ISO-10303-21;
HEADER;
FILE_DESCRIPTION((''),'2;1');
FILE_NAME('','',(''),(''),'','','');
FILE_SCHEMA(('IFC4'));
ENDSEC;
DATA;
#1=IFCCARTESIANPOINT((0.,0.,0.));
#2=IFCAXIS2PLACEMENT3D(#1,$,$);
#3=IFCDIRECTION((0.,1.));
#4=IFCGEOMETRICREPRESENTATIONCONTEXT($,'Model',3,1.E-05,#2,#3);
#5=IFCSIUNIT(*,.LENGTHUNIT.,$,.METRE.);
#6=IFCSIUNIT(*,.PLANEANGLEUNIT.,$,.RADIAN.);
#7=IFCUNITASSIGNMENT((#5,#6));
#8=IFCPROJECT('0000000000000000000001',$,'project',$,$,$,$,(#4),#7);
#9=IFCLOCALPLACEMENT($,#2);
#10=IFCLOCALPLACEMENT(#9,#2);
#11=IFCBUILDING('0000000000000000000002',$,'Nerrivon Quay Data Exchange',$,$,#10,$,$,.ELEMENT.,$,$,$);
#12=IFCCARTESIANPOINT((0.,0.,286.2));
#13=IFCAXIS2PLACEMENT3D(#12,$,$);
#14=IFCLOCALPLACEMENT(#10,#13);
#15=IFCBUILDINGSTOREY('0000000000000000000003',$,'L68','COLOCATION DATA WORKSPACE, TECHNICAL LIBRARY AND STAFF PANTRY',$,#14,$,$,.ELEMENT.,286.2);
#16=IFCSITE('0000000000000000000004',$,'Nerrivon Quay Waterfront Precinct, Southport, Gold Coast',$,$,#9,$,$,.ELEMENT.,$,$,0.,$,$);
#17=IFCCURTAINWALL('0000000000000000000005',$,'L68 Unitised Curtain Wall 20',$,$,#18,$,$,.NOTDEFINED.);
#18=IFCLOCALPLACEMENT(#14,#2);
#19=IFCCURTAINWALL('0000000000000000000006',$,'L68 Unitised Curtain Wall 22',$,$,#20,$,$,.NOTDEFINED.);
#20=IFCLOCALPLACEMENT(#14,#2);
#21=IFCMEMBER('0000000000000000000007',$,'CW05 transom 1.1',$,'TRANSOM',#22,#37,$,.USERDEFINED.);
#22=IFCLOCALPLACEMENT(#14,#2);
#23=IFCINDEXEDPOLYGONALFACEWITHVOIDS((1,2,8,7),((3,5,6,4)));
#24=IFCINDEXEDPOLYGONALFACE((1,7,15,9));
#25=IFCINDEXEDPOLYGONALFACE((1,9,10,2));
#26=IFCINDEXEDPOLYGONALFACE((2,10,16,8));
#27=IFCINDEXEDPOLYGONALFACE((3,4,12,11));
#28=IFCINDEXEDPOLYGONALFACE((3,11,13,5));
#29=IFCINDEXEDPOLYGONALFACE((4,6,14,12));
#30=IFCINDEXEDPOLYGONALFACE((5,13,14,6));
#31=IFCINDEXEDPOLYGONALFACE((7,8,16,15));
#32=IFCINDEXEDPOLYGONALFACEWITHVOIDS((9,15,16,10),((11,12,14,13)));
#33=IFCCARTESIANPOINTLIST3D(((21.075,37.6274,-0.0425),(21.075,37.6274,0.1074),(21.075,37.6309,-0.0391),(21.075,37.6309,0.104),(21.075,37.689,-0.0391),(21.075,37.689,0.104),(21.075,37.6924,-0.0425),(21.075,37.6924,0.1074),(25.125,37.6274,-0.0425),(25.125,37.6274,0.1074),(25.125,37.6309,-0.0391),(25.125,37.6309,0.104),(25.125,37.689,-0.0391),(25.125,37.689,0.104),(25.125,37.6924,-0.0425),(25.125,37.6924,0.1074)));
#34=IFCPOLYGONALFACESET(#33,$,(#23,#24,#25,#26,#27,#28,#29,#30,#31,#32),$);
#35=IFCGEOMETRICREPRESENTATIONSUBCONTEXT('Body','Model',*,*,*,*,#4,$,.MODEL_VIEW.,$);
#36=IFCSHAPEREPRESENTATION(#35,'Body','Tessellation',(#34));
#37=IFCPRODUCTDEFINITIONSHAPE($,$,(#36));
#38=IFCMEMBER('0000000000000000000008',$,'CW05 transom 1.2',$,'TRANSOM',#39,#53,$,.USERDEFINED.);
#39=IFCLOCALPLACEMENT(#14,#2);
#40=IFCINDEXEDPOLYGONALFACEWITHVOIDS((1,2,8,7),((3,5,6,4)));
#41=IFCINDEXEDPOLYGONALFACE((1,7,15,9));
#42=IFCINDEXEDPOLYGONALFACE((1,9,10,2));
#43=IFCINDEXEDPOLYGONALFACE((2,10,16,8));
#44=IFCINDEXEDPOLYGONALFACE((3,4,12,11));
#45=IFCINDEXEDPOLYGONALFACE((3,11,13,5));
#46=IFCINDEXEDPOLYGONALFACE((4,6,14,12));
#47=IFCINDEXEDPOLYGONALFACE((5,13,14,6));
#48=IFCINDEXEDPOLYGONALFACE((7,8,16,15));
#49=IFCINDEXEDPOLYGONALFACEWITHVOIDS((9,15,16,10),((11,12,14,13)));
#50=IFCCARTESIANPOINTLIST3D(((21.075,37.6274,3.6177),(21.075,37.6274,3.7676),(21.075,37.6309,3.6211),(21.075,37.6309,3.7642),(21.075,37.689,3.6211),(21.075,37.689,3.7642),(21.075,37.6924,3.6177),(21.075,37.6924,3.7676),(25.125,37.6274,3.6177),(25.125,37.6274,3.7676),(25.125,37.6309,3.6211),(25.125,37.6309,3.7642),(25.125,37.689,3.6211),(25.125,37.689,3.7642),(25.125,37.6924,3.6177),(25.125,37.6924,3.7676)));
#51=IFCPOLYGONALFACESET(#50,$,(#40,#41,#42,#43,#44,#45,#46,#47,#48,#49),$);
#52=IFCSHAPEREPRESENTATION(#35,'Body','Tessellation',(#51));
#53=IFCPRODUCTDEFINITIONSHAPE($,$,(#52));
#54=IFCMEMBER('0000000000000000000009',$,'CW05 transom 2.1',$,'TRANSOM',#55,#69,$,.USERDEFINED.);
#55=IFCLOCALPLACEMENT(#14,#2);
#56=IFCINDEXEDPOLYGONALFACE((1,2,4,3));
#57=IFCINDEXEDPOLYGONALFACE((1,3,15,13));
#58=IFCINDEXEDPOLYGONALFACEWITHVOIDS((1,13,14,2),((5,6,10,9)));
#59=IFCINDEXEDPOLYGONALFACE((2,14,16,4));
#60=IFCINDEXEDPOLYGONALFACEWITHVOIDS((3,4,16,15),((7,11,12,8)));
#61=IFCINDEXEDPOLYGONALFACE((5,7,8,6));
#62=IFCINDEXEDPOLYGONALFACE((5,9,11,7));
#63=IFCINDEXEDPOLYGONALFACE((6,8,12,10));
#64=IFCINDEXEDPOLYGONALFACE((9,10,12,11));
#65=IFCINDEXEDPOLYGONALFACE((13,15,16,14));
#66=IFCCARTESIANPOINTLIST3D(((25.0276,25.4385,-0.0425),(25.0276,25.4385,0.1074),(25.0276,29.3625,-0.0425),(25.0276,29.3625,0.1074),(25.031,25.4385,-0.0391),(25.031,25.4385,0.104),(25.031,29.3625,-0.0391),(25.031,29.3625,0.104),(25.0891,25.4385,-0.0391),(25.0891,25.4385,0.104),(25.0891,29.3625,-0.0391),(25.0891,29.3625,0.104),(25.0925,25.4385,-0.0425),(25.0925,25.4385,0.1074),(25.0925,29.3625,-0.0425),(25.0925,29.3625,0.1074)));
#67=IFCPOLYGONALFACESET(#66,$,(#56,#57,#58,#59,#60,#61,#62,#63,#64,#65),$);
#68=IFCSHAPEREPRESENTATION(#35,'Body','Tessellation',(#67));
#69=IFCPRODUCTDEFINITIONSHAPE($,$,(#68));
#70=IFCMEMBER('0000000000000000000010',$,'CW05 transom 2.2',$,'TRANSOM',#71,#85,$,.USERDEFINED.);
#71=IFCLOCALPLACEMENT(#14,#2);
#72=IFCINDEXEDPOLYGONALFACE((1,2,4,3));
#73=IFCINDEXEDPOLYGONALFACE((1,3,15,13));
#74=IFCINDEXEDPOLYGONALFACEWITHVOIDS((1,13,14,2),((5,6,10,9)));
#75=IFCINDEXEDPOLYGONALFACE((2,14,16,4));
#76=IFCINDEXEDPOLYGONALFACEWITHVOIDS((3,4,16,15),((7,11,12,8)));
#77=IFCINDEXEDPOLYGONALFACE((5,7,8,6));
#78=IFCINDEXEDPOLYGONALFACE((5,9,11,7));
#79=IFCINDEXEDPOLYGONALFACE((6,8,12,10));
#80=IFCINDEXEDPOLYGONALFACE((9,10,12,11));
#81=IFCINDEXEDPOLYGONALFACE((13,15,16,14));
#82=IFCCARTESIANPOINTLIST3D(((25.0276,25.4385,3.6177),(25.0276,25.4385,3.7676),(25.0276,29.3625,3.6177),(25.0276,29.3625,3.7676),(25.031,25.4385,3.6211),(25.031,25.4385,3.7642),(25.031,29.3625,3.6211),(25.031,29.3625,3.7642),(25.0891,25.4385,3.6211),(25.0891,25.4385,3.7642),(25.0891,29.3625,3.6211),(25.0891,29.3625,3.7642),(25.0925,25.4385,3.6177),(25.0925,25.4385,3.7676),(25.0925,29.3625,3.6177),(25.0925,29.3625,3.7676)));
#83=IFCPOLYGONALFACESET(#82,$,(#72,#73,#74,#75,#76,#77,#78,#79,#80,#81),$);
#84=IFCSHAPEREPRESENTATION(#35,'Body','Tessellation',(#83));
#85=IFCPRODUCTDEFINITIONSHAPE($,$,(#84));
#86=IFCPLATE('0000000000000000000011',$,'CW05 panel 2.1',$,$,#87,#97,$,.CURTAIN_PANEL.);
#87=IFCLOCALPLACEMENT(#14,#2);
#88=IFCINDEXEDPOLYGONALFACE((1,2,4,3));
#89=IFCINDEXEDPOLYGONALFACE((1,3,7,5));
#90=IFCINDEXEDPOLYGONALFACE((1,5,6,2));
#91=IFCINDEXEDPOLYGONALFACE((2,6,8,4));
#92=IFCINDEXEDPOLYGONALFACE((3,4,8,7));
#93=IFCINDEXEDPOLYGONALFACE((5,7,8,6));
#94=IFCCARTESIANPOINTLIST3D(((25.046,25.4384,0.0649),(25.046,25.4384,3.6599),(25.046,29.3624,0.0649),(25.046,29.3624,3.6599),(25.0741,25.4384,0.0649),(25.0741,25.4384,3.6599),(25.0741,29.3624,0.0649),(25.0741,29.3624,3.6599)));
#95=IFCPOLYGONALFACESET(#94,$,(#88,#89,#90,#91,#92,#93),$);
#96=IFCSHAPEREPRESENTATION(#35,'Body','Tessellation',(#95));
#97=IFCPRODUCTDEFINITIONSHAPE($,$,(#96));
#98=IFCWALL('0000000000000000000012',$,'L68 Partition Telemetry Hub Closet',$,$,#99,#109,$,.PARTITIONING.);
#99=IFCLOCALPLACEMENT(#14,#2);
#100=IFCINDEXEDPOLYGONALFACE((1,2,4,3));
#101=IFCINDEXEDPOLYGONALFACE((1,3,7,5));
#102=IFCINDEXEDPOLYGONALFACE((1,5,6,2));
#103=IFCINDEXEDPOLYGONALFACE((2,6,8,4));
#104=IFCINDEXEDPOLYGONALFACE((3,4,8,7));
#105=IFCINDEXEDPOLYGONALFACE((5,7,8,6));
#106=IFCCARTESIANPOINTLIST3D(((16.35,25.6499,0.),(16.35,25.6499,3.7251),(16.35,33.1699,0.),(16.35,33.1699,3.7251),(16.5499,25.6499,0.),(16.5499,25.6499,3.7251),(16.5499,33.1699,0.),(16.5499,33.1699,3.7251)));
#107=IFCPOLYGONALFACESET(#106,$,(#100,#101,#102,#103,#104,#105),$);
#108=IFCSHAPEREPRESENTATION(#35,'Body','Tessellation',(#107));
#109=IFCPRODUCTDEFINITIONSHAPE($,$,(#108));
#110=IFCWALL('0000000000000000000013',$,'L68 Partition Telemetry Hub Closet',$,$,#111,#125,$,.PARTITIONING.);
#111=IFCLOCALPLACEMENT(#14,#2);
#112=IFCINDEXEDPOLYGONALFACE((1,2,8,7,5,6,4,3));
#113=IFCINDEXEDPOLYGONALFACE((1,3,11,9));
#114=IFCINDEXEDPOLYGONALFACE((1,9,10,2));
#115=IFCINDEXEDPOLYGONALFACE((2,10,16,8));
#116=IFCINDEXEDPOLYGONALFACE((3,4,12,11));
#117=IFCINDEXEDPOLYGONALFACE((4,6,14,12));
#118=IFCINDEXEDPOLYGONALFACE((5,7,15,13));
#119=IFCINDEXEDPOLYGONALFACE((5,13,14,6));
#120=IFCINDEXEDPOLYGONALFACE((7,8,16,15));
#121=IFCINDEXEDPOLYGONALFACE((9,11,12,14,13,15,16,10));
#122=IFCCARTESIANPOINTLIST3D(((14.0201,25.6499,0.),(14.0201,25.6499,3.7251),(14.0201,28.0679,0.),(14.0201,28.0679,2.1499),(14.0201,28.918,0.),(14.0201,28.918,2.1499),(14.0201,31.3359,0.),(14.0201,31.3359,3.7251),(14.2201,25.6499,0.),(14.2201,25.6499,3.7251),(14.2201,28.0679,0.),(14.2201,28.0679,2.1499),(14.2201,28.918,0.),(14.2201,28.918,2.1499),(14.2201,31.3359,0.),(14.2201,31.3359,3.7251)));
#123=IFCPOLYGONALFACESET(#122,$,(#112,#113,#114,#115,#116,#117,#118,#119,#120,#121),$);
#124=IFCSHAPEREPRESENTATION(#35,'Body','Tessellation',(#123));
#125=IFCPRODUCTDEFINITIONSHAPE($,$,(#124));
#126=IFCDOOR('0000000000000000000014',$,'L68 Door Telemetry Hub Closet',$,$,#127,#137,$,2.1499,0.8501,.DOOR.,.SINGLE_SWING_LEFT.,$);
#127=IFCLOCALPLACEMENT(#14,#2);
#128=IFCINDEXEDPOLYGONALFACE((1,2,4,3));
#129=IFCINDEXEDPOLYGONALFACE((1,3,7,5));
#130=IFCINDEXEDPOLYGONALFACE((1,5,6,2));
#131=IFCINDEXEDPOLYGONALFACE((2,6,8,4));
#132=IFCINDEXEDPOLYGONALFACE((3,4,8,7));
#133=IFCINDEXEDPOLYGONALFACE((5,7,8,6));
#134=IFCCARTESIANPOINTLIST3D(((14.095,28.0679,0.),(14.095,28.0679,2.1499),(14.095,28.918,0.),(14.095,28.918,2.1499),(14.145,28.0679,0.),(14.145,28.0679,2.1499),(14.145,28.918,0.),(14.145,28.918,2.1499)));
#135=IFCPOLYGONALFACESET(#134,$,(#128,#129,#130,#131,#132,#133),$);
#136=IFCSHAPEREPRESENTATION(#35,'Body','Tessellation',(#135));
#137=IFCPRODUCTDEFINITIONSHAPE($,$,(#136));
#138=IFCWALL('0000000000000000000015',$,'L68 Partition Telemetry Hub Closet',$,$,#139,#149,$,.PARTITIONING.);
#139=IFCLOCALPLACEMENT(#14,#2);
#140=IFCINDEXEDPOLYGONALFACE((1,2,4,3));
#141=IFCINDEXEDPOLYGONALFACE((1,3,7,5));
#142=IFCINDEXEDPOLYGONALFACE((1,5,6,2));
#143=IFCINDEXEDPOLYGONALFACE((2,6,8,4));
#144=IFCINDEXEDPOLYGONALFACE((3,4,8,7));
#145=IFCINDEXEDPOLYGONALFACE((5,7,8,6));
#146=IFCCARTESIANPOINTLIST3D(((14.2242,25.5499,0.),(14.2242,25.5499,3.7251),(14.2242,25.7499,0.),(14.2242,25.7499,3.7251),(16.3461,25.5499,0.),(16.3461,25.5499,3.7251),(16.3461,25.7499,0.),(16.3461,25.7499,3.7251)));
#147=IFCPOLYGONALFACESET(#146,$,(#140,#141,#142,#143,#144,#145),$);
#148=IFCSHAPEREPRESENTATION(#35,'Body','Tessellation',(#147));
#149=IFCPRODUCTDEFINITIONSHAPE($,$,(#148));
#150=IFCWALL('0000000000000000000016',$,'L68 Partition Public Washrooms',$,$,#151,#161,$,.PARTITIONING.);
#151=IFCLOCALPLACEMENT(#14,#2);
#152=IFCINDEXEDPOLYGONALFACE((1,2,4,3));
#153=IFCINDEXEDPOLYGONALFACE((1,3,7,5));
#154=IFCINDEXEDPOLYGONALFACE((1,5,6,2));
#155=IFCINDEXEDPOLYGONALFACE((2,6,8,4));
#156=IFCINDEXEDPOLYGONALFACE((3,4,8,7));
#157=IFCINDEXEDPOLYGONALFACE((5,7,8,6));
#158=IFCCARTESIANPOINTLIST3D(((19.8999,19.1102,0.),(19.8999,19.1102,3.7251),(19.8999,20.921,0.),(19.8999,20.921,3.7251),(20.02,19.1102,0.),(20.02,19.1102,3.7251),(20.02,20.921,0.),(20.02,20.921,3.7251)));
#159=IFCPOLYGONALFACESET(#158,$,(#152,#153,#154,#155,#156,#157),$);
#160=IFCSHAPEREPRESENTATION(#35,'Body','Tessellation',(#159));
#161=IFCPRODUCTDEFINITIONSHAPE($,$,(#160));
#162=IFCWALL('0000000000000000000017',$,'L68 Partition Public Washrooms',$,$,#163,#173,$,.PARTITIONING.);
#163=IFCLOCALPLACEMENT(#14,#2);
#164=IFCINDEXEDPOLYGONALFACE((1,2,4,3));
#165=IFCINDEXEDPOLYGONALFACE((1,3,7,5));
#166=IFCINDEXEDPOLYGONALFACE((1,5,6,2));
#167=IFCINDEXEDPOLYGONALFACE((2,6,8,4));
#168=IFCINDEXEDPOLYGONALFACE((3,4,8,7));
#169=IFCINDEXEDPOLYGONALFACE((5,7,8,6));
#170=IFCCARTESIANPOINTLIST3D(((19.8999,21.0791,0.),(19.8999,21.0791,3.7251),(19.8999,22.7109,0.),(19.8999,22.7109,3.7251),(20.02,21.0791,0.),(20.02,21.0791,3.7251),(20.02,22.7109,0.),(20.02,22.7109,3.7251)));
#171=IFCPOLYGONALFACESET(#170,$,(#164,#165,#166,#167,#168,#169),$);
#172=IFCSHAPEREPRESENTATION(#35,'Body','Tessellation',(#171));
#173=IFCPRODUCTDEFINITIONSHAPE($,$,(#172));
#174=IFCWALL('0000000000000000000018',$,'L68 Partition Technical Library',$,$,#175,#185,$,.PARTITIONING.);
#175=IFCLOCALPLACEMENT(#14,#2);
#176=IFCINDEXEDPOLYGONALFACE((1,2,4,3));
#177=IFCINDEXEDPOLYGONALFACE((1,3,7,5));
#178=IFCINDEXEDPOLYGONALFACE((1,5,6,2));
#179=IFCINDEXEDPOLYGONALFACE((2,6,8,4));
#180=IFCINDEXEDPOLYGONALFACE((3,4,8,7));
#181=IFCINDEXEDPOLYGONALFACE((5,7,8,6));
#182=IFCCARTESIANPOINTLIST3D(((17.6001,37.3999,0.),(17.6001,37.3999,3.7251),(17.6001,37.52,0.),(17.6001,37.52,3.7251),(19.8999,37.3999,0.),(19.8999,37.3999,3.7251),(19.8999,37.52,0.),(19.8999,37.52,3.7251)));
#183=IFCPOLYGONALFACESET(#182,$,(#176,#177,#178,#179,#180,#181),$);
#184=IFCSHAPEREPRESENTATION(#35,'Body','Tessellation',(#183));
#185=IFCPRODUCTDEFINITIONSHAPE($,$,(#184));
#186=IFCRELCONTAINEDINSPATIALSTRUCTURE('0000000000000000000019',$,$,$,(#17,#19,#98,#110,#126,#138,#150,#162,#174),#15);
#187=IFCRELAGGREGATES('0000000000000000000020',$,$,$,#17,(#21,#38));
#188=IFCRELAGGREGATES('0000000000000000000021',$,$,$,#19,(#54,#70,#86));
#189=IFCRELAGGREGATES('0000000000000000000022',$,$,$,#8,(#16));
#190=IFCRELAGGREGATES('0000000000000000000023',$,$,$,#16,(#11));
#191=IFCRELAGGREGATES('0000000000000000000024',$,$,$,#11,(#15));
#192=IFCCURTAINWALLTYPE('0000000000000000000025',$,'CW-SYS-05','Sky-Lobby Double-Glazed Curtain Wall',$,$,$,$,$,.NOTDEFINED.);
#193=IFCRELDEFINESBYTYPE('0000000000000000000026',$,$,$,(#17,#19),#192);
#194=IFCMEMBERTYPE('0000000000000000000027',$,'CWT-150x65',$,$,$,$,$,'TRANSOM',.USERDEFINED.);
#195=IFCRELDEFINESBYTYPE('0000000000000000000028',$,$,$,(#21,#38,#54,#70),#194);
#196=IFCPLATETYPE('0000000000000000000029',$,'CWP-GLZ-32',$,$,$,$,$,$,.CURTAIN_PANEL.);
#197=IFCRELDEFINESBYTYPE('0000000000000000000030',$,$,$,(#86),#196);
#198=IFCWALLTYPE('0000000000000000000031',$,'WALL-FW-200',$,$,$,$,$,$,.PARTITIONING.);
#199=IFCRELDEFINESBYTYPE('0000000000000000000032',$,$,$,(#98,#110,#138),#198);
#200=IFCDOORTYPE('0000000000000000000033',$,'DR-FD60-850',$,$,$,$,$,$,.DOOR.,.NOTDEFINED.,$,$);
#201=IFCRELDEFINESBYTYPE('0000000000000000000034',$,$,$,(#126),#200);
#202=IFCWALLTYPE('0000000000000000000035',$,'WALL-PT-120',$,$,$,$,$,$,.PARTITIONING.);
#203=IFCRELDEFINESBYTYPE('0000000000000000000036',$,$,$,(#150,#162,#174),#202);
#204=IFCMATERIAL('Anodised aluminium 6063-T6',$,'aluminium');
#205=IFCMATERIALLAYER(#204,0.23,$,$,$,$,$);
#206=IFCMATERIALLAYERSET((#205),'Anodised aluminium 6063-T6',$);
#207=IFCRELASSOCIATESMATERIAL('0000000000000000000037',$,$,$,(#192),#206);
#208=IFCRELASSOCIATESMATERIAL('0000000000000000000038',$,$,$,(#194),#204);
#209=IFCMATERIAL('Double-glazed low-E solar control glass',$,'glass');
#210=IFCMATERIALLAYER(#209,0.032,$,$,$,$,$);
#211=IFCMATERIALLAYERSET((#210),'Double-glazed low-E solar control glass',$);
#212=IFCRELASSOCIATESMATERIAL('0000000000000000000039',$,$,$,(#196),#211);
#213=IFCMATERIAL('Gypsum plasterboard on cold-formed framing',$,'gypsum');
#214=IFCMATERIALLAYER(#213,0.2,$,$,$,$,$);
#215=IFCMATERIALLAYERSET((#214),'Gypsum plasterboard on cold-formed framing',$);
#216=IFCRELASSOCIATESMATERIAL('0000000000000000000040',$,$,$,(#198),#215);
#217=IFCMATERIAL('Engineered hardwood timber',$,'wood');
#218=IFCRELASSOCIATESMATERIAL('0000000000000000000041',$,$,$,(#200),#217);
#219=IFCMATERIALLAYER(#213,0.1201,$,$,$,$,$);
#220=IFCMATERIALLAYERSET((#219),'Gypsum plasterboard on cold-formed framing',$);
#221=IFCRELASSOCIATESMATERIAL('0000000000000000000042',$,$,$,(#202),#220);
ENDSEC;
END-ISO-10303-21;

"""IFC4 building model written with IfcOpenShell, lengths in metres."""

from ifc_helpers import new_model, si_unit, direction, frame, frame_2d, origin, origin_2d, place, context, subcontext, project, spatial, rectangle, hollow_rectangle, extrude, material, layer, layer_set, material_profile, profile_set, type_object, element, fill, aggregate, save


model = new_model("IFC4")

# Units and contexts
model_context = context("Model", 3, precision=1e-05, world=origin(), true_north=direction((0.0, 1.0)))
body_context = subcontext(model_context, "Body", "Model", "MODEL_VIEW")
ifc_project = project(units=[si_unit("LENGTHUNIT", "METRE"), si_unit("PLANEANGLEUNIT", "RADIAN")], contexts=[model_context])

# Site, building, storey
site_placement = place(None, origin())
site = spatial("IfcSite", under=ifc_project, at=site_placement, Name="Nerrivon Quay Waterfront Precinct, Southport, Gold Coast", CompositionType="ELEMENT", RefElevation=0.0)
building_placement = place(site_placement, origin())
building = spatial("IfcBuilding", under=site, at=building_placement, Name="Nerrivon Quay Data Exchange", CompositionType="ELEMENT")
storey_placement = place(building_placement, frame((0.0, 0.0, 286.2)))
storey = spatial("IfcBuildingStorey", under=building, at=storey_placement, Name="L68", Description="COLOCATION DATA WORKSPACE, TECHNICAL LIBRARY AND STAFF PANTRY", CompositionType="ELEMENT", Elevation=286.2)

# Curtain wall
ifc_material_1 = material(Name="Anodised aluminium 6063-T6", Category="aluminium")
ifc_layer_1 = layer(ifc_material_1, 0.23)
ifc_layer_set_1 = layer_set([ifc_layer_1], Name="Anodised aluminium 6063-T6")
curtain_wall_type = type_object("IfcCurtainWallType", Name="CW-SYS-05", Description="Sky-Lobby Double-Glazed Curtain Wall", PredefinedType="NOTDEFINED", material=ifc_layer_set_1)
curtain_wall_1_placement = place(storey_placement, origin())
curtain_wall_1 = element("IfcCurtainWall", 1, at=curtain_wall_1_placement, inside=storey, type_object=curtain_wall_type, Name="L68 Unitised Curtain Wall 20", PredefinedType="NOTDEFINED")

# Curtain wall
curtain_wall_2_placement = place(storey_placement, origin())
curtain_wall_2 = element("IfcCurtainWall", 2, at=curtain_wall_2_placement, inside=storey, type_object=curtain_wall_type, Name="L68 Unitised Curtain Wall 22", PredefinedType="NOTDEFINED")

# Members
ifc_material_profile_1 = material_profile(ifc_material_1, hollow_rectangle(XDim=0.0649, YDim=0.1499, WallThickness=0.0034, at=origin_2d()), Name="ALU-TRAN-150x65")
ifc_profile_set_1 = profile_set([ifc_material_profile_1], Name="Anodised aluminium 6063-T6")
member_type_1 = type_object("IfcMemberType", Name="CWT-150x65", ElementType="TRANSOM", PredefinedType="USERDEFINED", material=ifc_profile_set_1)
member_1_placement = place(storey_placement, frame((21.075, 37.6599, 0.0325), z_axis=(1.0, 0.0, 0.0), x_axis=(0.0, 1.0, 0.0)))
member_1 = element("IfcMember", 3, at=member_1_placement, type_object=member_type_1, Name="CW05 transom 1.1", ObjectType="TRANSOM", PredefinedType="USERDEFINED", context=body_context, shape_type="SweptSolid", body=[
    extrude(hollow_rectangle(XDim=0.0649, YDim=0.1499, WallThickness=0.0034, at=origin_2d()), origin(), (0.0, 0.0, 1.0), 4.05),
])
member_2_placement = place(storey_placement, frame((21.075, 37.6599, 3.6926), z_axis=(1.0, 0.0, 0.0), x_axis=(0.0, 1.0, 0.0)))
member_2 = element("IfcMember", 4, at=member_2_placement, type_object=member_type_1, Name="CW05 transom 1.2", ObjectType="TRANSOM", PredefinedType="USERDEFINED", context=body_context, shape_type="SweptSolid", body=[
    extrude(hollow_rectangle(XDim=0.0649, YDim=0.1499, WallThickness=0.0034, at=origin_2d()), origin(), (0.0, 0.0, 1.0), 4.05),
])
aggregate(curtain_wall_1, [member_1, member_2])
member_3_placement = place(storey_placement, frame((25.0601, 29.3625, 0.0325), z_axis=(0.0, -1.0, 0.0), x_axis=(1.0, 0.0, 0.0)))
member_3 = element("IfcMember", 5, at=member_3_placement, type_object=member_type_1, Name="CW05 transom 2.1", ObjectType="TRANSOM", PredefinedType="USERDEFINED", context=body_context, shape_type="SweptSolid", body=[
    extrude(hollow_rectangle(XDim=0.0649, YDim=0.1499, WallThickness=0.0034, at=origin_2d()), origin(), (0.0, 0.0, 1.0), 3.9241),
])
member_4_placement = place(storey_placement, frame((25.0601, 29.3625, 3.6926), z_axis=(0.0, -1.0, 0.0), x_axis=(1.0, 0.0, 0.0)))
member_4 = element("IfcMember", 6, at=member_4_placement, type_object=member_type_1, Name="CW05 transom 2.2", ObjectType="TRANSOM", PredefinedType="USERDEFINED", context=body_context, shape_type="SweptSolid", body=[
    extrude(hollow_rectangle(XDim=0.0649, YDim=0.1499, WallThickness=0.0034, at=origin_2d()), origin(), (0.0, 0.0, 1.0), 3.9241),
])

# Plate
ifc_material_2 = material(Name="Double-glazed low-E solar control glass", Category="glass")
ifc_layer_2 = layer(ifc_material_2, 0.032)
ifc_layer_set_2 = layer_set([ifc_layer_2], Name="Double-glazed low-E solar control glass")
plate_type = type_object("IfcPlateType", Name="CWP-GLZ-32", PredefinedType="CURTAIN_PANEL", material=ifc_layer_set_2)
plate_placement = place(storey_placement, frame((25.0601, 27.4004, 0.0649), z_axis=(0.0, 0.0, 1.0), x_axis=(0.0, -1.0, 0.0)))
plate = element("IfcPlate", 7, at=plate_placement, type_object=plate_type, Name="CW05 panel 2.1", PredefinedType="CURTAIN_PANEL", context=body_context, shape_type="SweptSolid", body=[
    extrude(rectangle(XDim=3.9241, YDim=0.0281, at=origin_2d()), origin(), (0.0, 0.0, 1.0), 3.595),
])
aggregate(curtain_wall_2, [member_3, member_4, plate])

# Wall
ifc_material_3 = material(Name="Gypsum plasterboard on cold-formed framing", Category="gypsum")
ifc_layer_3 = layer(ifc_material_3, 0.2)
ifc_layer_set_3 = layer_set([ifc_layer_3], Name="Gypsum plasterboard on cold-formed framing")
wall_type_1 = type_object("IfcWallType", Name="WALL-FW-200", PredefinedType="PARTITIONING", material=ifc_layer_set_3)
wall_1_placement = place(storey_placement, frame((16.45, 25.6499, 0.0), z_axis=(0.0, 0.0, 1.0), x_axis=(0.0, 1.0, 0.0)))
element("IfcWall", 8, at=wall_1_placement, inside=storey, type_object=wall_type_1, Name="L68 Partition Telemetry Hub Closet", PredefinedType="PARTITIONING", context=body_context, shape_type="SweptSolid", body=[
    extrude(rectangle(XDim=7.52, YDim=0.2, at=frame_2d((3.76, 0.0))), origin(), (0.0, 0.0, 1.0), 3.7251),
])

# Wall, opening, door
wall_2_placement = place(storey_placement, frame((14.1201, 31.3359, 0.0), z_axis=(0.0, 0.0, 1.0), x_axis=(0.0, -1.0, 0.0)))
wall_2 = element("IfcWall", 9, at=wall_2_placement, inside=storey, type_object=wall_type_1, Name="L68 Partition Telemetry Hub Closet", PredefinedType="PARTITIONING", context=body_context, shape_type="SweptSolid", body=[
    extrude(rectangle(XDim=5.686, YDim=0.2, at=frame_2d((2.843, 0.0))), origin(), (0.0, 0.0, 1.0), 3.7251),
])
opening_1_placement = place(wall_2_placement, frame((2.418, 0.0, 0.0)))
opening_1 = element("IfcOpeningElement", 10, at=opening_1_placement, cuts=wall_2, PredefinedType="OPENING", context=body_context, shape_type="SweptSolid", body=[
    extrude(rectangle(XDim=0.8501, YDim=2.1499, at=frame_2d((0.425, 1.075))), frame((0.0, 0.1099, 0.0), z_axis=(0.0, -1.0, 0.0), x_axis=(1.0, 0.0, 0.0)), (0.0, 0.0, 1.0), 0.22),
])
ifc_material_4 = material(Name="Engineered hardwood timber", Category="wood")
door_type_1 = type_object("IfcDoorType", Name="DR-FD60-850", OperationType="NOTDEFINED", PredefinedType="DOOR", material=ifc_material_4)
door_1_placement = place(opening_1_placement, origin())
door_1 = element("IfcDoor", 11, at=door_1_placement, inside=storey, type_object=door_type_1, Name="L68 Door Telemetry Hub Closet", OperationType="SINGLE_SWING_LEFT", OverallHeight=2.1499, OverallWidth=0.8501, PredefinedType="DOOR", context=body_context, shape_type="SweptSolid", body=[
    extrude(rectangle(XDim=0.8501, YDim=2.1499, at=frame_2d((0.425, 1.075))), frame((0.0, 0.0249, 0.0), z_axis=(0.0, -1.0, 0.0), x_axis=(1.0, 0.0, 0.0)), (0.0, 0.0, 1.0), 0.05),
])
fill(opening_1, door_1)

# Walls
wall_3_placement = place(storey_placement, frame((14.2241, 25.6499, 0.0), z_axis=(0.0, 0.0, 1.0), x_axis=(1.0, 0.0, 0.0)))
element("IfcWall", 12, at=wall_3_placement, inside=storey, type_object=wall_type_1, Name="L68 Partition Telemetry Hub Closet", PredefinedType="PARTITIONING", context=body_context, shape_type="SweptSolid", body=[
    extrude(rectangle(XDim=2.1218, YDim=0.2, at=frame_2d((1.061, 0.0))), origin(), (0.0, 0.0, 1.0), 3.7251),
])
ifc_layer_4 = layer(ifc_material_3, 0.1201)
ifc_layer_set_4 = layer_set([ifc_layer_4], Name="Gypsum plasterboard on cold-formed framing")
wall_type_2 = type_object("IfcWallType", Name="WALL-PT-120", PredefinedType="PARTITIONING", material=ifc_layer_set_4)
wall_4_placement = place(storey_placement, frame((19.96, 20.9209, 0.0), z_axis=(0.0, 0.0, 1.0), x_axis=(0.0, -1.0, 0.0)))
element("IfcWall", 13, at=wall_4_placement, inside=storey, type_object=wall_type_2, Name="L68 Partition Public Washrooms", PredefinedType="PARTITIONING", context=body_context, shape_type="SweptSolid", body=[
    extrude(rectangle(XDim=1.8108, YDim=0.1201, at=frame_2d((0.9053, 0.0))), origin(), (0.0, 0.0, 1.0), 3.7251),
])
wall_5_placement = place(storey_placement, frame((19.96, 22.7109, 0.0), z_axis=(0.0, 0.0, 1.0), x_axis=(0.0, -1.0, 0.0)))
element("IfcWall", 14, at=wall_5_placement, inside=storey, type_object=wall_type_2, Name="L68 Partition Public Washrooms", PredefinedType="PARTITIONING", context=body_context, shape_type="SweptSolid", body=[
    extrude(rectangle(XDim=1.6318, YDim=0.1201, at=frame_2d((0.8159, 0.0))), origin(), (0.0, 0.0, 1.0), 3.7251),
])
wall_6_placement = place(storey_placement, frame((17.6001, 37.46, 0.0), z_axis=(0.0, 0.0, 1.0), x_axis=(1.0, 0.0, 0.0)))
element("IfcWall", 15, at=wall_6_placement, inside=storey, type_object=wall_type_2, Name="L68 Partition Technical Library", PredefinedType="PARTITIONING", context=body_context, shape_type="SweptSolid", body=[
    extrude(rectangle(XDim=2.2998, YDim=0.1201, at=frame_2d((1.1499, 0.0))), origin(), (0.0, 0.0, 1.0), 3.7251),
])

save(model, "model.ifc")
